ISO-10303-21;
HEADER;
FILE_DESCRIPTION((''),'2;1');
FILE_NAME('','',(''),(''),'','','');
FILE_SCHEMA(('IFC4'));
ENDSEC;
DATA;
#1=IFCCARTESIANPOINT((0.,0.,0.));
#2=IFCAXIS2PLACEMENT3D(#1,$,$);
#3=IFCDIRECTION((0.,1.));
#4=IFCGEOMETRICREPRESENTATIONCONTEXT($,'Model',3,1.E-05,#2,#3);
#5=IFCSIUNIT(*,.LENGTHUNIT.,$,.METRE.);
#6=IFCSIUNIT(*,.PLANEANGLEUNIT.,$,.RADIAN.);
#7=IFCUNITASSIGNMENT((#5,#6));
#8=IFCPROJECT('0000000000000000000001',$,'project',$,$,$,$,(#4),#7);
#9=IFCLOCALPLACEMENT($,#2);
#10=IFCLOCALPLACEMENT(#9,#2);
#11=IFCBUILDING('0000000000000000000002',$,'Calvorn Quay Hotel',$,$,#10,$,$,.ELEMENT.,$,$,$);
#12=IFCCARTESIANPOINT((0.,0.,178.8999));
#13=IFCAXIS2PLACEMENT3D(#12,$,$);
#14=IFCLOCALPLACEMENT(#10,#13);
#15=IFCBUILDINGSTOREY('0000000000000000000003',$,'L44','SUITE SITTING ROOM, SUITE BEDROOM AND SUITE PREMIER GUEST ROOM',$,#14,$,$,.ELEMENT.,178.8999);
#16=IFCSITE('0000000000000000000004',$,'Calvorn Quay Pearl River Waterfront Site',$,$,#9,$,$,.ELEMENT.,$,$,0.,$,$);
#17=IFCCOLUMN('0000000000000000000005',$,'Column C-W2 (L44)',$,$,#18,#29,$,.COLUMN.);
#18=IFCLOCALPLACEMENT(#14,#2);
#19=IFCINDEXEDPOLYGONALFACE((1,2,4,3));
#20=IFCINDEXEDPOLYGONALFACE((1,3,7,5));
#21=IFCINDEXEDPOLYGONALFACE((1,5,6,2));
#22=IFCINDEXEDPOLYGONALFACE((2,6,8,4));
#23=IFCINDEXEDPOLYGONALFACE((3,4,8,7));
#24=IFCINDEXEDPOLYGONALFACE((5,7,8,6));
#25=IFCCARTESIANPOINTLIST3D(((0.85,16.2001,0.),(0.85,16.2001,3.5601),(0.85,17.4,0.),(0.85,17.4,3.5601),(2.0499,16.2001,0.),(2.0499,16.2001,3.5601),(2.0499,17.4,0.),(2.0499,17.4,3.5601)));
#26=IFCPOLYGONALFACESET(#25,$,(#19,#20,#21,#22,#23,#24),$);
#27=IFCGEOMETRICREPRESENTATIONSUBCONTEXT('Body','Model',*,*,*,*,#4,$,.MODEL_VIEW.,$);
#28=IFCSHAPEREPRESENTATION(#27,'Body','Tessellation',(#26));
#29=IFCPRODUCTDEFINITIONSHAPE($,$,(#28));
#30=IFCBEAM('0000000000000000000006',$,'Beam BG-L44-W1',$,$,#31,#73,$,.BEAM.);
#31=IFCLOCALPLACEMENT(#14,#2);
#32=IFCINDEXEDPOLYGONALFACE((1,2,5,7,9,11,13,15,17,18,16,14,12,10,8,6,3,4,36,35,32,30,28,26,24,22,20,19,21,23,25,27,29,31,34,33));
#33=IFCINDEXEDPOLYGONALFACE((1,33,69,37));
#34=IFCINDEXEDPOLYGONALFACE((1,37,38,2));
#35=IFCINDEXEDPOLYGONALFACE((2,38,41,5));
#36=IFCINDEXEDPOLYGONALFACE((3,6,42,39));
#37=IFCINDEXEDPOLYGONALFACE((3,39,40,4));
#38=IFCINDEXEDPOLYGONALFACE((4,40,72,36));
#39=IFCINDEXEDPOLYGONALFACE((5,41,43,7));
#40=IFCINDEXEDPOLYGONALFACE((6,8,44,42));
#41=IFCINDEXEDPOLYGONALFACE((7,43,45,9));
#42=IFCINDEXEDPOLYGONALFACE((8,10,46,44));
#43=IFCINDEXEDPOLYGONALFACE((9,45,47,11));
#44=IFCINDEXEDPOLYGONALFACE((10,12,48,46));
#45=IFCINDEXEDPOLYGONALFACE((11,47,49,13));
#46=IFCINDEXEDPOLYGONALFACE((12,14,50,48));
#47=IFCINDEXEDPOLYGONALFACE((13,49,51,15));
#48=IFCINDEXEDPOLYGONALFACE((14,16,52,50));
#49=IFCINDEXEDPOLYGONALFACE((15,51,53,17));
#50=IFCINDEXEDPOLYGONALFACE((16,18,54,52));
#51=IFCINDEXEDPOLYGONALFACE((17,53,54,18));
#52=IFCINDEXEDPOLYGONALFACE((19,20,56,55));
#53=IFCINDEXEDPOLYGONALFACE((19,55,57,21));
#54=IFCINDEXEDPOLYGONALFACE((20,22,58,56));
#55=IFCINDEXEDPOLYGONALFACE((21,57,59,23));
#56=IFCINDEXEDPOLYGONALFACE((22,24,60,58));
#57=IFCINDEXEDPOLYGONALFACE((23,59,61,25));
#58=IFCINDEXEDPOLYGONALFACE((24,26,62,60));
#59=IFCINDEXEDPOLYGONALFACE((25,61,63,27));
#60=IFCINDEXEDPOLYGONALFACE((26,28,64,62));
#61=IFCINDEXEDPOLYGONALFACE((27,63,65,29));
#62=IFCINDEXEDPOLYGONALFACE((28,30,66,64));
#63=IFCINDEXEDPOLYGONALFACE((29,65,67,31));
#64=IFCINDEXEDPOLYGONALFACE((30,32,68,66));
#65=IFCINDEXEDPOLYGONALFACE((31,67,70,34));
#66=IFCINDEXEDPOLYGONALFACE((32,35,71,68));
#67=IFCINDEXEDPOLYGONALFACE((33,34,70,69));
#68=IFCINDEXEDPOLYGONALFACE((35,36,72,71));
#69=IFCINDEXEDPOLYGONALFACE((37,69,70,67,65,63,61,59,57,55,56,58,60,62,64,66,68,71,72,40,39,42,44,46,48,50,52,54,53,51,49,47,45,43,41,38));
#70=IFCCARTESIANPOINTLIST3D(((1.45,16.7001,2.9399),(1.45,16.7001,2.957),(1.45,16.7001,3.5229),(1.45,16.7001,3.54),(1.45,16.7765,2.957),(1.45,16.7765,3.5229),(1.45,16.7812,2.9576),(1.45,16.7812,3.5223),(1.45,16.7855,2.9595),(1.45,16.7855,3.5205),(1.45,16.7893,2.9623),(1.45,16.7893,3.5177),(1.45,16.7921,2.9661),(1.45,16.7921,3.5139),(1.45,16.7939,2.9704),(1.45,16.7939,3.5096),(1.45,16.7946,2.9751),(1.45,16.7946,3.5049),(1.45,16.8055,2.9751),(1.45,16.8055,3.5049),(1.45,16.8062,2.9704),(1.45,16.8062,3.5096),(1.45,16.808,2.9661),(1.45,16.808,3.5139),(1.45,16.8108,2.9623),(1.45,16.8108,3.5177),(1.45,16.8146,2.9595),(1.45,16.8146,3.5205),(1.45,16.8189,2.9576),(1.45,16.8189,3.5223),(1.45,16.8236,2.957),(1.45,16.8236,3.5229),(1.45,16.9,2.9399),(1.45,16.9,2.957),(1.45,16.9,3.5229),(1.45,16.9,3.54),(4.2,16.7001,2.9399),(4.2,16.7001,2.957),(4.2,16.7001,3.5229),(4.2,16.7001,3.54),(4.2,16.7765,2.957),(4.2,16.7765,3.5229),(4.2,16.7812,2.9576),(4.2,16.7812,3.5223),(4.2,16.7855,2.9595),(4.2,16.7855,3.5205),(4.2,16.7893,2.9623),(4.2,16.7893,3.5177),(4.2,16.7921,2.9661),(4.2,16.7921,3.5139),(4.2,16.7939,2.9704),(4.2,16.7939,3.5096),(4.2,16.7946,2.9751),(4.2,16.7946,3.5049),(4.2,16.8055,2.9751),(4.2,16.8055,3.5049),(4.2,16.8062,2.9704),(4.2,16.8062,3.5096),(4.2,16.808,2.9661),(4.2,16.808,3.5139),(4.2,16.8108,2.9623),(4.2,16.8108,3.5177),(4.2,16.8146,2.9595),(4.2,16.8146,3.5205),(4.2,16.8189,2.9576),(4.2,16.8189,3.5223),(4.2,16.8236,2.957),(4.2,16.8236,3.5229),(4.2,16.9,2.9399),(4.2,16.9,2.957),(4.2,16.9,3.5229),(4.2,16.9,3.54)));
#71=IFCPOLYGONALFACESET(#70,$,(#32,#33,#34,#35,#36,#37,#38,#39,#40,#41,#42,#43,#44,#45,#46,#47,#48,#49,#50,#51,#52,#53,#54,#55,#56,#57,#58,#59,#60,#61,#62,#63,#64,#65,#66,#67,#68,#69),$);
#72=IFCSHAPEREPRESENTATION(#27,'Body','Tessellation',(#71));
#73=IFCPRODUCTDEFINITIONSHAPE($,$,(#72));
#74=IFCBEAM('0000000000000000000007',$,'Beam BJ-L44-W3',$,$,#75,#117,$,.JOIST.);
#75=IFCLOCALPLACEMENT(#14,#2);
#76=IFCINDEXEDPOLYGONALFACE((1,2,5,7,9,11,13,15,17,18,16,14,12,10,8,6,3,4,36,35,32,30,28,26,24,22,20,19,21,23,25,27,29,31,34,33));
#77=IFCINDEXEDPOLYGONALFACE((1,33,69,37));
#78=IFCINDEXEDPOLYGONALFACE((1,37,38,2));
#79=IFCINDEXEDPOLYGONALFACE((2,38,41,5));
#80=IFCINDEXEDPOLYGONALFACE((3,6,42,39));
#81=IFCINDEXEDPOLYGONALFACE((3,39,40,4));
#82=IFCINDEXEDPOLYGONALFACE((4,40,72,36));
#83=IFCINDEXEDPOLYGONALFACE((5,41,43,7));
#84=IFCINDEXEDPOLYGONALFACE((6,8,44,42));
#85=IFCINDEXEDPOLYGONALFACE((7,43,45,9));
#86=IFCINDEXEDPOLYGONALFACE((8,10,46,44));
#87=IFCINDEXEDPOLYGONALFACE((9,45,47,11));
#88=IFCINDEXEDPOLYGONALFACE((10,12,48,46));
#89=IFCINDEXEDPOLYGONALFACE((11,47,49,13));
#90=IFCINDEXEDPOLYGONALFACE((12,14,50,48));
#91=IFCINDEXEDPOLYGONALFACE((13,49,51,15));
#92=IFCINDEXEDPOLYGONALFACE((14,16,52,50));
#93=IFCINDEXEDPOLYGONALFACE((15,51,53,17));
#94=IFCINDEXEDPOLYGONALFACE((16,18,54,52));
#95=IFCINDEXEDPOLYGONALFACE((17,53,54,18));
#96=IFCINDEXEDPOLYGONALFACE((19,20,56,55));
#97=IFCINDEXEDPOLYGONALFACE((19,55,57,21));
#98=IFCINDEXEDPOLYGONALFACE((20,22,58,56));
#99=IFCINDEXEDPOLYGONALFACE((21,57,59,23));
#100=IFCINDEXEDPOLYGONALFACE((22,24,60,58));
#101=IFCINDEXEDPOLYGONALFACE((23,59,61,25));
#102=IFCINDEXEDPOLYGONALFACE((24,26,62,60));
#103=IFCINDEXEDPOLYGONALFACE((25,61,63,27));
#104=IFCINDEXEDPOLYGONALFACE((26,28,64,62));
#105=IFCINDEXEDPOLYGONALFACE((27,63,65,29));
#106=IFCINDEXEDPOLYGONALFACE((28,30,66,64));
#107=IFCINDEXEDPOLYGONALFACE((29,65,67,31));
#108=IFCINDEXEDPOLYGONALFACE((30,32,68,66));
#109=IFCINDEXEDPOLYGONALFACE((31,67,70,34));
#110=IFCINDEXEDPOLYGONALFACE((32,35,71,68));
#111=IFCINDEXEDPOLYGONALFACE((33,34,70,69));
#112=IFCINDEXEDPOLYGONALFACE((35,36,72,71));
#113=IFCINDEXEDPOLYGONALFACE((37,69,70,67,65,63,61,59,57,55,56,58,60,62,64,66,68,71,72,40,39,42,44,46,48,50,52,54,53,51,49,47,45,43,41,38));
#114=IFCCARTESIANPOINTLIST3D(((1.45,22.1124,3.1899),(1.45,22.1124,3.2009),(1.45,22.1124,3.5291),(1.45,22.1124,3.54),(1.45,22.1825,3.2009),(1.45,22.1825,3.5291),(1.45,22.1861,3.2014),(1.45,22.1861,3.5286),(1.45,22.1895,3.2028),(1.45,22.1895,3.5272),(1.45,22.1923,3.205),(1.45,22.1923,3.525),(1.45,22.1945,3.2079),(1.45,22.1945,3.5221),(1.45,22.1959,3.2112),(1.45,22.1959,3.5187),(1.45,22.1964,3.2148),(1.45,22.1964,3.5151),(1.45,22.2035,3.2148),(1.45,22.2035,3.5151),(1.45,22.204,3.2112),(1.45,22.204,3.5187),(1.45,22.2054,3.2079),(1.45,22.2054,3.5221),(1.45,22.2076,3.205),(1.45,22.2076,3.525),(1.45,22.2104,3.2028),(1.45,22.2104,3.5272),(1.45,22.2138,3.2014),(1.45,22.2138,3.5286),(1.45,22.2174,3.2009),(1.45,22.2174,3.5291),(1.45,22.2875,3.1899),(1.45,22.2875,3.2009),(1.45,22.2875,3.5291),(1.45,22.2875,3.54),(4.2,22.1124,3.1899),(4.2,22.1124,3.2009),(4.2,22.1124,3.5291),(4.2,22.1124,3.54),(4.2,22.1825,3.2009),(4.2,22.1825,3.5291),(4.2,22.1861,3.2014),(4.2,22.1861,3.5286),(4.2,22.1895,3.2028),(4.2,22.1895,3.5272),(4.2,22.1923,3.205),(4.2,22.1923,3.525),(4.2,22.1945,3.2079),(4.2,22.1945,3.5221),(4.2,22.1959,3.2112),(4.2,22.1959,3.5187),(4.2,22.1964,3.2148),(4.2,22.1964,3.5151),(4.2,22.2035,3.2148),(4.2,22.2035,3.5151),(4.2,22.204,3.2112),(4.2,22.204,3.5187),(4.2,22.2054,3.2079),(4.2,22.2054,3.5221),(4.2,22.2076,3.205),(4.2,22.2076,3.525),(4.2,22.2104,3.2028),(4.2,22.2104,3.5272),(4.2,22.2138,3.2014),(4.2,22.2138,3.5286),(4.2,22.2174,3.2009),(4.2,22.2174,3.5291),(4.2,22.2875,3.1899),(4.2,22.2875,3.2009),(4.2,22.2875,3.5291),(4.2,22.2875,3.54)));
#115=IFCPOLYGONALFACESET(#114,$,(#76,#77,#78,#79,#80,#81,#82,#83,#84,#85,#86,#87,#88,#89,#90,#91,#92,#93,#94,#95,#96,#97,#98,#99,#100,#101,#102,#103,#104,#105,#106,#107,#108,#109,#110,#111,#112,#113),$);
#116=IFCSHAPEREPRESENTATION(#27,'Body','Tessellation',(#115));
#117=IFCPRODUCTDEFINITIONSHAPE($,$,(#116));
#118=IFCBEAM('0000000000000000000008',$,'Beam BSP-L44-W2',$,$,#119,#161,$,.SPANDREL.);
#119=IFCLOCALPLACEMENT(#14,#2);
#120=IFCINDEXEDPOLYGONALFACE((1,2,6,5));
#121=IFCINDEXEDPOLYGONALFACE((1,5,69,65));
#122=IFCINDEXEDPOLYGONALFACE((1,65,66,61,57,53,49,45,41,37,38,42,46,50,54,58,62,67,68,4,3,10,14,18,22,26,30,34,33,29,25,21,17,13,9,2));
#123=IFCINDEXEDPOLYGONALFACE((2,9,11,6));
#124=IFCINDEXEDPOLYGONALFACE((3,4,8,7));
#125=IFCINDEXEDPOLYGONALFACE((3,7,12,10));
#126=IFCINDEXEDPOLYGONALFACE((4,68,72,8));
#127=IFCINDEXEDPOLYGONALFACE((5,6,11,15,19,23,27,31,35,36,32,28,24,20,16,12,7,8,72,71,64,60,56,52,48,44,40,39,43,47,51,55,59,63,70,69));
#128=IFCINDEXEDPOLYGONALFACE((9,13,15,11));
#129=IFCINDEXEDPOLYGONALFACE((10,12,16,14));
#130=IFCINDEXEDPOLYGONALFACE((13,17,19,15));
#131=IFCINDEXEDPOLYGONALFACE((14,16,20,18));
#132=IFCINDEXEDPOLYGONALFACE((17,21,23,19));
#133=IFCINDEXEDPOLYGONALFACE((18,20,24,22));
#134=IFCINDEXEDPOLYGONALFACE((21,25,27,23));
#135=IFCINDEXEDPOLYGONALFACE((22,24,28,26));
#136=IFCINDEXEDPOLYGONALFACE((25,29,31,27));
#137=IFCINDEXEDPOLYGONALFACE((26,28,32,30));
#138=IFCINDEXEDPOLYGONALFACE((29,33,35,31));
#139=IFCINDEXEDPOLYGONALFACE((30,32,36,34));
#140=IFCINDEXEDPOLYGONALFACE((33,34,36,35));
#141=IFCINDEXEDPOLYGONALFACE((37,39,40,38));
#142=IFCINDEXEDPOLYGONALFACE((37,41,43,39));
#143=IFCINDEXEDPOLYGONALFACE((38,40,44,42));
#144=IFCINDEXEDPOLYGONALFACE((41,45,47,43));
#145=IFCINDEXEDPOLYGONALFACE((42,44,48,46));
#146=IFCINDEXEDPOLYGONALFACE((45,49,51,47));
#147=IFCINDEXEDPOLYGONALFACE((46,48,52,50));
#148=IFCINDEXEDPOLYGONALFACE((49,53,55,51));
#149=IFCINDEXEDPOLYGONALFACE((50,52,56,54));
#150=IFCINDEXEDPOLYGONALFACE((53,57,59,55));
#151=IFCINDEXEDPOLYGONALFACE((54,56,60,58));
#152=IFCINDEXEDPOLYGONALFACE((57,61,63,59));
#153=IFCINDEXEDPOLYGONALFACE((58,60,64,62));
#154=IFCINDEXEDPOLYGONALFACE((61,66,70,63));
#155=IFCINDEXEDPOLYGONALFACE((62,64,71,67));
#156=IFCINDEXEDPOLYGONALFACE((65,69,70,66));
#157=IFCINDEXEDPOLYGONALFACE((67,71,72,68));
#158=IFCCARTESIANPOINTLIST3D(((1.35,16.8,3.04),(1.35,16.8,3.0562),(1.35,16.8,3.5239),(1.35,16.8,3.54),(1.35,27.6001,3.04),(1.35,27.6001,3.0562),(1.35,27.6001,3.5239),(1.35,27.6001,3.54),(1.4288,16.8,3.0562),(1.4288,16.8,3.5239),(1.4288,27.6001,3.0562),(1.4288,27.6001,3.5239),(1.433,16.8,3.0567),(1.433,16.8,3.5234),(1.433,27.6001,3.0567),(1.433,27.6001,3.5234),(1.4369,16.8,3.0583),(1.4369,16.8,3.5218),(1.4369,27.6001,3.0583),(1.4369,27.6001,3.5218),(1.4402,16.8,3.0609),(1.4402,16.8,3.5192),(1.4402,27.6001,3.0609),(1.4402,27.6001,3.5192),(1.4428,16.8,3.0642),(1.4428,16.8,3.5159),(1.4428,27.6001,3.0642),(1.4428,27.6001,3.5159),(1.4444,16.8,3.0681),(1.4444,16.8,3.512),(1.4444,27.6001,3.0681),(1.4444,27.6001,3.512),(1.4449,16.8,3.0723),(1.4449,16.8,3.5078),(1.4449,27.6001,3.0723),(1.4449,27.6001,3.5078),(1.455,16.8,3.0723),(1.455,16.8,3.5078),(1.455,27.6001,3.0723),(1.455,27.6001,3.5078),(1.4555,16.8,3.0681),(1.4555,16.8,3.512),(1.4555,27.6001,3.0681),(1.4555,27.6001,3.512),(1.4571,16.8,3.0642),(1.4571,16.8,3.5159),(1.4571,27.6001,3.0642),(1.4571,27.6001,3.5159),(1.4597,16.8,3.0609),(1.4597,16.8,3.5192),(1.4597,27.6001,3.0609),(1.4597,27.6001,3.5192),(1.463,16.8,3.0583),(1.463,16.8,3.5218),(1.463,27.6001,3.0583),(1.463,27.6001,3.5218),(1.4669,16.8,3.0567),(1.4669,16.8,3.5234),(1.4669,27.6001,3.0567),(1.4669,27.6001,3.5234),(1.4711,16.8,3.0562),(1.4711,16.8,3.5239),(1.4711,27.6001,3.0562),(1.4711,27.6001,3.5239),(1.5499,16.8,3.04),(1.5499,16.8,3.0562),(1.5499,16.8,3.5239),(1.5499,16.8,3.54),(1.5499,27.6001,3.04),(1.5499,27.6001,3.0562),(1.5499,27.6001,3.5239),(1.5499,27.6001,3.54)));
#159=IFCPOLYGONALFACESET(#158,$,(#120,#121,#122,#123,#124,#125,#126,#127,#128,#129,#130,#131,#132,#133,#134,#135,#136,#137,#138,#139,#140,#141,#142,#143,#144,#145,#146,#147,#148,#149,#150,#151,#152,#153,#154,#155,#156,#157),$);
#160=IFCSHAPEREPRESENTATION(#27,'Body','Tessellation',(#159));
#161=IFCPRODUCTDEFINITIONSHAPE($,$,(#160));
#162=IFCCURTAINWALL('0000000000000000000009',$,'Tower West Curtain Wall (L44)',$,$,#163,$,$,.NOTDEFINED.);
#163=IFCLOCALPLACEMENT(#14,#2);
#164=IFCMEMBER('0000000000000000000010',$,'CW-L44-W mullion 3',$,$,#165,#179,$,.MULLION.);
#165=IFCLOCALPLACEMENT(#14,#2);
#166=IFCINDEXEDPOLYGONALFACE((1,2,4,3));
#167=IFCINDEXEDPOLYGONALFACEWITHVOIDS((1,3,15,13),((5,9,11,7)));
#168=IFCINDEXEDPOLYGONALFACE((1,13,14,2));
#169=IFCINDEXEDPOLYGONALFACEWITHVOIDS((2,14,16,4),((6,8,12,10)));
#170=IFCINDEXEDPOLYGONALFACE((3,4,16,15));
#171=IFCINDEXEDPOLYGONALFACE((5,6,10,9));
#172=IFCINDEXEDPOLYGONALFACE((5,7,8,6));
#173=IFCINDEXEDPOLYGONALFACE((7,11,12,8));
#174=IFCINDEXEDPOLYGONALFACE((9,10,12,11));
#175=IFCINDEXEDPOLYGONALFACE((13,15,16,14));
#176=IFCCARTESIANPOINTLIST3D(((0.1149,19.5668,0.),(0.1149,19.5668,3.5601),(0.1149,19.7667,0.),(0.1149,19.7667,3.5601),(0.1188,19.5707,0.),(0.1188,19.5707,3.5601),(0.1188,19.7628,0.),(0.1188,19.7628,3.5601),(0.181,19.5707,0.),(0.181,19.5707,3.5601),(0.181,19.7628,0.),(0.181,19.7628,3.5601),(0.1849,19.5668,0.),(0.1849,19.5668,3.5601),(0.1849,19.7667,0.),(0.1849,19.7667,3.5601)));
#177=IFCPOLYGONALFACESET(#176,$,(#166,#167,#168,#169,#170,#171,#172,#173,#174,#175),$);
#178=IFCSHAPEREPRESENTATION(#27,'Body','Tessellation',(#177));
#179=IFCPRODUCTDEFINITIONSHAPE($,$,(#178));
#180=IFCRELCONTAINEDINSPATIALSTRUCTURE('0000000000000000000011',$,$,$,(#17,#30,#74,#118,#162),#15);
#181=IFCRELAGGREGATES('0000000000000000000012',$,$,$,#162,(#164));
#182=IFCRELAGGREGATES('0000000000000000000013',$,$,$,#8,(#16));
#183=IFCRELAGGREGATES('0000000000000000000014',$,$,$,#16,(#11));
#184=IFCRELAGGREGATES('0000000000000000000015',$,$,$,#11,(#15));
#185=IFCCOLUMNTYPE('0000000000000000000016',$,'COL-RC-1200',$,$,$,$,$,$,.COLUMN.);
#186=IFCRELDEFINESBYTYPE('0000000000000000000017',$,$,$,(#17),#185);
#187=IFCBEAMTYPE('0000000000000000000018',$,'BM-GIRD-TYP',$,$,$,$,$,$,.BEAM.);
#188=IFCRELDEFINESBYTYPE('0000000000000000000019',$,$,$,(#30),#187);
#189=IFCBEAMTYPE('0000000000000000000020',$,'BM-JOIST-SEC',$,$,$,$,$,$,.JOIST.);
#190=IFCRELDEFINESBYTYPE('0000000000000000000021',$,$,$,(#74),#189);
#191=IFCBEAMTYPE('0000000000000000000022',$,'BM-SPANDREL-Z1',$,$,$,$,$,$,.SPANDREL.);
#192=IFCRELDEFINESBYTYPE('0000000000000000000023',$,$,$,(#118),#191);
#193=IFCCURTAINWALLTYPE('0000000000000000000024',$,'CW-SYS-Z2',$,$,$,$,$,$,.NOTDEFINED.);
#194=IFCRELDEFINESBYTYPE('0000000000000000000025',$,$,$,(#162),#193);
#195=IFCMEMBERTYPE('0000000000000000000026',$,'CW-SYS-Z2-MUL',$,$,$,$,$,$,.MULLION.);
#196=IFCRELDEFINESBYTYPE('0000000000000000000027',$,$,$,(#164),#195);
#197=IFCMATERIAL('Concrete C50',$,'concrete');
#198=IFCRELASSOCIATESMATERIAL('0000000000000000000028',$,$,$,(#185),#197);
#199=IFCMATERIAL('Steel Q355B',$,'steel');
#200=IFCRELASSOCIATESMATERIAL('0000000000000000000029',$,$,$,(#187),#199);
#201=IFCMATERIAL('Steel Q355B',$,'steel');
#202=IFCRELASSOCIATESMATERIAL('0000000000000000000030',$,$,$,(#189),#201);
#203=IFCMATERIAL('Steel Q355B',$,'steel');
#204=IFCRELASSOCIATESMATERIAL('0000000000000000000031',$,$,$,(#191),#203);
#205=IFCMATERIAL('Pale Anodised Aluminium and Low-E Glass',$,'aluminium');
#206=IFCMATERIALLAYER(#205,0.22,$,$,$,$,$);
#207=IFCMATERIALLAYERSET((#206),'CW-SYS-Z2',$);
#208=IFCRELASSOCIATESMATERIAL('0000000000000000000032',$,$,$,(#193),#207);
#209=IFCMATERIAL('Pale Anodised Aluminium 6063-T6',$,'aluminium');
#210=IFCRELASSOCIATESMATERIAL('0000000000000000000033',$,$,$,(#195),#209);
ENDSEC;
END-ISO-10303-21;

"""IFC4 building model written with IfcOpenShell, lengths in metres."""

from ifc_helpers import new_model, si_unit, direction, frame, origin, origin_2d, place, context, subcontext, project, spatial, rectangle, hollow_rectangle, i_section, extrude, material, layer, layer_set, material_profile, profile_set, type_object, element, aggregate, save


model = new_model("IFC4")

# Units and contexts
model_context = context("Model", 3, precision=1e-05, world=origin(), true_north=direction((0.0, 1.0)))
body_context = subcontext(model_context, "Body", "Model", "MODEL_VIEW")
ifc_project = project(units=[si_unit("LENGTHUNIT", "METRE"), si_unit("PLANEANGLEUNIT", "RADIAN")], contexts=[model_context])

# Site, building, storey
site_placement = place(None, origin())
site = spatial("IfcSite", under=ifc_project, at=site_placement, Name="Calvorn Quay Pearl River Waterfront Site", CompositionType="ELEMENT", RefElevation=0.0)
building_placement = place(site_placement, origin())
building = spatial("IfcBuilding", under=site, at=building_placement, Name="Calvorn Quay Hotel", CompositionType="ELEMENT")
storey_placement = place(building_placement, frame((0.0, 0.0, 178.8999)))
storey = spatial("IfcBuildingStorey", under=building, at=storey_placement, Name="L44", Description="SUITE SITTING ROOM, SUITE BEDROOM AND SUITE PREMIER GUEST ROOM", CompositionType="ELEMENT", Elevation=178.8999)

# Column
ifc_material_1 = material(Name="Concrete C50", Category="concrete")
ifc_material_profile_1 = material_profile(ifc_material_1, rectangle(XDim=1.2, YDim=1.2, at=origin_2d()), Name="RC1200x1200")
ifc_profile_set_1 = profile_set([ifc_material_profile_1], Name="Concrete C50")
column_type = type_object("IfcColumnType", Name="COL-RC-1200", PredefinedType="COLUMN", material=ifc_profile_set_1)
column_placement = place(storey_placement, frame((1.45, 16.8, 0.0), z_axis=(0.0, 0.0, 1.0), x_axis=(1.0, 0.0, 0.0)))
element("IfcColumn", 1, at=column_placement, inside=storey, type_object=column_type, Name="Column C-W2 (L44)", PredefinedType="COLUMN", context=body_context, shape_type="SweptSolid", body=[
    extrude(rectangle(XDim=1.2, YDim=1.2, at=origin_2d()), origin(), (0.0, 0.0, 1.0), 3.5601),
])

# Beams
ifc_material_2 = material(Name="Steel Q355B", Category="steel")
ifc_material_profile_2 = material_profile(ifc_material_2, i_section(OverallWidth=0.2, OverallDepth=0.6001, WebThickness=0.011, FlangeThickness=0.0171, FilletRadius=0.0181, at=origin_2d()), Name="HN600x200x11x17")
ifc_profile_set_2 = profile_set([ifc_material_profile_2], Name="Steel Q355B")
beam_type_1 = type_object("IfcBeamType", Name="BM-GIRD-TYP", PredefinedType="BEAM", material=ifc_profile_set_2)
beam_1_placement = place(storey_placement, frame((1.45, 16.8, 3.24), z_axis=(1.0, 0.0, 0.0), x_axis=(0.0, 1.0, 0.0)))
element("IfcBeam", 2, at=beam_1_placement, inside=storey, type_object=beam_type_1, Name="Beam BG-L44-W1", PredefinedType="BEAM", context=body_context, shape_type="SweptSolid", body=[
    extrude(i_section(OverallWidth=0.2, OverallDepth=0.6001, WebThickness=0.011, FlangeThickness=0.0171, FilletRadius=0.0181, at=origin_2d()), origin(), (0.0, 0.0, 1.0), 2.75),
])
ifc_material_3 = material(Name="Steel Q355B", Category="steel")
ifc_material_profile_3 = material_profile(ifc_material_3, i_section(OverallWidth=0.175, OverallDepth=0.3501, WebThickness=0.0071, FlangeThickness=0.011, FilletRadius=0.0139, at=origin_2d()), Name="HN350x175x7x11")
ifc_profile_set_3 = profile_set([ifc_material_profile_3], Name="Steel Q355B")
beam_type_2 = type_object("IfcBeamType", Name="BM-JOIST-SEC", PredefinedType="JOIST", material=ifc_profile_set_3)
beam_2_placement = place(storey_placement, frame((1.45, 22.2, 3.365), z_axis=(1.0, 0.0, 0.0), x_axis=(0.0, 1.0, 0.0)))
element("IfcBeam", 3, at=beam_2_placement, inside=storey, type_object=beam_type_2, Name="Beam BJ-L44-W3", PredefinedType="JOIST", context=body_context, shape_type="SweptSolid", body=[
    extrude(i_section(OverallWidth=0.175, OverallDepth=0.3501, WebThickness=0.0071, FlangeThickness=0.011, FilletRadius=0.0139, at=origin_2d()), origin(), (0.0, 0.0, 1.0), 2.75),
])
ifc_material_4 = material(Name="Steel Q355B", Category="steel")
ifc_material_profile_4 = material_profile(ifc_material_4, i_section(OverallWidth=0.2, OverallDepth=0.5, WebThickness=0.01, FlangeThickness=0.0161, FilletRadius=0.0161, at=origin_2d()), Name="HN500x200x10x16")
ifc_profile_set_4 = profile_set([ifc_material_profile_4], Name="Steel Q355B")
beam_type_3 = type_object("IfcBeamType", Name="BM-SPANDREL-Z1", PredefinedType="SPANDREL", material=ifc_profile_set_4)
beam_3_placement = place(storey_placement, frame((1.45, 16.8, 3.29), z_axis=(0.0, 1.0, 0.0), x_axis=(-1.0, 0.0, 0.0)))
element("IfcBeam", 4, at=beam_3_placement, inside=storey, type_object=beam_type_3, Name="Beam BSP-L44-W2", PredefinedType="SPANDREL", context=body_context, shape_type="SweptSolid", body=[
    extrude(i_section(OverallWidth=0.2, OverallDepth=0.5, WebThickness=0.01, FlangeThickness=0.0161, FilletRadius=0.0161, at=origin_2d()), origin(), (0.0, 0.0, 1.0), 10.8),
])

# Curtain wall, member
ifc_material_5 = material(Name="Pale Anodised Aluminium and Low-E Glass", Category="aluminium")
ifc_layer_1 = layer(ifc_material_5, 0.22)
ifc_layer_set_1 = layer_set([ifc_layer_1], Name="CW-SYS-Z2")
curtain_wall_type = type_object("IfcCurtainWallType", Name="CW-SYS-Z2", PredefinedType="NOTDEFINED", material=ifc_layer_set_1)
curtain_wall_placement = place(storey_placement, origin())
curtain_wall = element("IfcCurtainWall", 5, at=curtain_wall_placement, inside=storey, type_object=curtain_wall_type, Name="Tower West Curtain Wall (L44)", PredefinedType="NOTDEFINED")
ifc_material_6 = material(Name="Pale Anodised Aluminium 6063-T6", Category="aluminium")
ifc_material_profile_5 = material_profile(ifc_material_6, hollow_rectangle(XDim=0.0701, YDim=0.2, WallThickness=0.0039, at=origin_2d()), Name="ALU-M200x70x4")
ifc_profile_set_5 = profile_set([ifc_material_profile_5], Name="Pale Anodised Aluminium 6063-T6")
member_type_1 = type_object("IfcMemberType", Name="CW-SYS-Z2-MUL", PredefinedType="MULLION", material=ifc_profile_set_5)
member_1_placement = place(storey_placement, frame((0.1499, 19.6667, 0.0), z_axis=(0.0, 0.0, 1.0), x_axis=(-1.0, 0.0, 0.0)))
member_1 = element("IfcMember", 6, at=member_1_placement, type_object=member_type_1, Name="CW-L44-W mullion 3", PredefinedType="MULLION", context=body_context, shape_type="SweptSolid", body=[
    extrude(hollow_rectangle(XDim=0.0701, YDim=0.2, WallThickness=0.0039, at=origin_2d()), origin(), (0.0, 0.0, 1.0), 3.5601),
])
aggregate(curtain_wall, [member_1])

save(model, "model.ifc")
